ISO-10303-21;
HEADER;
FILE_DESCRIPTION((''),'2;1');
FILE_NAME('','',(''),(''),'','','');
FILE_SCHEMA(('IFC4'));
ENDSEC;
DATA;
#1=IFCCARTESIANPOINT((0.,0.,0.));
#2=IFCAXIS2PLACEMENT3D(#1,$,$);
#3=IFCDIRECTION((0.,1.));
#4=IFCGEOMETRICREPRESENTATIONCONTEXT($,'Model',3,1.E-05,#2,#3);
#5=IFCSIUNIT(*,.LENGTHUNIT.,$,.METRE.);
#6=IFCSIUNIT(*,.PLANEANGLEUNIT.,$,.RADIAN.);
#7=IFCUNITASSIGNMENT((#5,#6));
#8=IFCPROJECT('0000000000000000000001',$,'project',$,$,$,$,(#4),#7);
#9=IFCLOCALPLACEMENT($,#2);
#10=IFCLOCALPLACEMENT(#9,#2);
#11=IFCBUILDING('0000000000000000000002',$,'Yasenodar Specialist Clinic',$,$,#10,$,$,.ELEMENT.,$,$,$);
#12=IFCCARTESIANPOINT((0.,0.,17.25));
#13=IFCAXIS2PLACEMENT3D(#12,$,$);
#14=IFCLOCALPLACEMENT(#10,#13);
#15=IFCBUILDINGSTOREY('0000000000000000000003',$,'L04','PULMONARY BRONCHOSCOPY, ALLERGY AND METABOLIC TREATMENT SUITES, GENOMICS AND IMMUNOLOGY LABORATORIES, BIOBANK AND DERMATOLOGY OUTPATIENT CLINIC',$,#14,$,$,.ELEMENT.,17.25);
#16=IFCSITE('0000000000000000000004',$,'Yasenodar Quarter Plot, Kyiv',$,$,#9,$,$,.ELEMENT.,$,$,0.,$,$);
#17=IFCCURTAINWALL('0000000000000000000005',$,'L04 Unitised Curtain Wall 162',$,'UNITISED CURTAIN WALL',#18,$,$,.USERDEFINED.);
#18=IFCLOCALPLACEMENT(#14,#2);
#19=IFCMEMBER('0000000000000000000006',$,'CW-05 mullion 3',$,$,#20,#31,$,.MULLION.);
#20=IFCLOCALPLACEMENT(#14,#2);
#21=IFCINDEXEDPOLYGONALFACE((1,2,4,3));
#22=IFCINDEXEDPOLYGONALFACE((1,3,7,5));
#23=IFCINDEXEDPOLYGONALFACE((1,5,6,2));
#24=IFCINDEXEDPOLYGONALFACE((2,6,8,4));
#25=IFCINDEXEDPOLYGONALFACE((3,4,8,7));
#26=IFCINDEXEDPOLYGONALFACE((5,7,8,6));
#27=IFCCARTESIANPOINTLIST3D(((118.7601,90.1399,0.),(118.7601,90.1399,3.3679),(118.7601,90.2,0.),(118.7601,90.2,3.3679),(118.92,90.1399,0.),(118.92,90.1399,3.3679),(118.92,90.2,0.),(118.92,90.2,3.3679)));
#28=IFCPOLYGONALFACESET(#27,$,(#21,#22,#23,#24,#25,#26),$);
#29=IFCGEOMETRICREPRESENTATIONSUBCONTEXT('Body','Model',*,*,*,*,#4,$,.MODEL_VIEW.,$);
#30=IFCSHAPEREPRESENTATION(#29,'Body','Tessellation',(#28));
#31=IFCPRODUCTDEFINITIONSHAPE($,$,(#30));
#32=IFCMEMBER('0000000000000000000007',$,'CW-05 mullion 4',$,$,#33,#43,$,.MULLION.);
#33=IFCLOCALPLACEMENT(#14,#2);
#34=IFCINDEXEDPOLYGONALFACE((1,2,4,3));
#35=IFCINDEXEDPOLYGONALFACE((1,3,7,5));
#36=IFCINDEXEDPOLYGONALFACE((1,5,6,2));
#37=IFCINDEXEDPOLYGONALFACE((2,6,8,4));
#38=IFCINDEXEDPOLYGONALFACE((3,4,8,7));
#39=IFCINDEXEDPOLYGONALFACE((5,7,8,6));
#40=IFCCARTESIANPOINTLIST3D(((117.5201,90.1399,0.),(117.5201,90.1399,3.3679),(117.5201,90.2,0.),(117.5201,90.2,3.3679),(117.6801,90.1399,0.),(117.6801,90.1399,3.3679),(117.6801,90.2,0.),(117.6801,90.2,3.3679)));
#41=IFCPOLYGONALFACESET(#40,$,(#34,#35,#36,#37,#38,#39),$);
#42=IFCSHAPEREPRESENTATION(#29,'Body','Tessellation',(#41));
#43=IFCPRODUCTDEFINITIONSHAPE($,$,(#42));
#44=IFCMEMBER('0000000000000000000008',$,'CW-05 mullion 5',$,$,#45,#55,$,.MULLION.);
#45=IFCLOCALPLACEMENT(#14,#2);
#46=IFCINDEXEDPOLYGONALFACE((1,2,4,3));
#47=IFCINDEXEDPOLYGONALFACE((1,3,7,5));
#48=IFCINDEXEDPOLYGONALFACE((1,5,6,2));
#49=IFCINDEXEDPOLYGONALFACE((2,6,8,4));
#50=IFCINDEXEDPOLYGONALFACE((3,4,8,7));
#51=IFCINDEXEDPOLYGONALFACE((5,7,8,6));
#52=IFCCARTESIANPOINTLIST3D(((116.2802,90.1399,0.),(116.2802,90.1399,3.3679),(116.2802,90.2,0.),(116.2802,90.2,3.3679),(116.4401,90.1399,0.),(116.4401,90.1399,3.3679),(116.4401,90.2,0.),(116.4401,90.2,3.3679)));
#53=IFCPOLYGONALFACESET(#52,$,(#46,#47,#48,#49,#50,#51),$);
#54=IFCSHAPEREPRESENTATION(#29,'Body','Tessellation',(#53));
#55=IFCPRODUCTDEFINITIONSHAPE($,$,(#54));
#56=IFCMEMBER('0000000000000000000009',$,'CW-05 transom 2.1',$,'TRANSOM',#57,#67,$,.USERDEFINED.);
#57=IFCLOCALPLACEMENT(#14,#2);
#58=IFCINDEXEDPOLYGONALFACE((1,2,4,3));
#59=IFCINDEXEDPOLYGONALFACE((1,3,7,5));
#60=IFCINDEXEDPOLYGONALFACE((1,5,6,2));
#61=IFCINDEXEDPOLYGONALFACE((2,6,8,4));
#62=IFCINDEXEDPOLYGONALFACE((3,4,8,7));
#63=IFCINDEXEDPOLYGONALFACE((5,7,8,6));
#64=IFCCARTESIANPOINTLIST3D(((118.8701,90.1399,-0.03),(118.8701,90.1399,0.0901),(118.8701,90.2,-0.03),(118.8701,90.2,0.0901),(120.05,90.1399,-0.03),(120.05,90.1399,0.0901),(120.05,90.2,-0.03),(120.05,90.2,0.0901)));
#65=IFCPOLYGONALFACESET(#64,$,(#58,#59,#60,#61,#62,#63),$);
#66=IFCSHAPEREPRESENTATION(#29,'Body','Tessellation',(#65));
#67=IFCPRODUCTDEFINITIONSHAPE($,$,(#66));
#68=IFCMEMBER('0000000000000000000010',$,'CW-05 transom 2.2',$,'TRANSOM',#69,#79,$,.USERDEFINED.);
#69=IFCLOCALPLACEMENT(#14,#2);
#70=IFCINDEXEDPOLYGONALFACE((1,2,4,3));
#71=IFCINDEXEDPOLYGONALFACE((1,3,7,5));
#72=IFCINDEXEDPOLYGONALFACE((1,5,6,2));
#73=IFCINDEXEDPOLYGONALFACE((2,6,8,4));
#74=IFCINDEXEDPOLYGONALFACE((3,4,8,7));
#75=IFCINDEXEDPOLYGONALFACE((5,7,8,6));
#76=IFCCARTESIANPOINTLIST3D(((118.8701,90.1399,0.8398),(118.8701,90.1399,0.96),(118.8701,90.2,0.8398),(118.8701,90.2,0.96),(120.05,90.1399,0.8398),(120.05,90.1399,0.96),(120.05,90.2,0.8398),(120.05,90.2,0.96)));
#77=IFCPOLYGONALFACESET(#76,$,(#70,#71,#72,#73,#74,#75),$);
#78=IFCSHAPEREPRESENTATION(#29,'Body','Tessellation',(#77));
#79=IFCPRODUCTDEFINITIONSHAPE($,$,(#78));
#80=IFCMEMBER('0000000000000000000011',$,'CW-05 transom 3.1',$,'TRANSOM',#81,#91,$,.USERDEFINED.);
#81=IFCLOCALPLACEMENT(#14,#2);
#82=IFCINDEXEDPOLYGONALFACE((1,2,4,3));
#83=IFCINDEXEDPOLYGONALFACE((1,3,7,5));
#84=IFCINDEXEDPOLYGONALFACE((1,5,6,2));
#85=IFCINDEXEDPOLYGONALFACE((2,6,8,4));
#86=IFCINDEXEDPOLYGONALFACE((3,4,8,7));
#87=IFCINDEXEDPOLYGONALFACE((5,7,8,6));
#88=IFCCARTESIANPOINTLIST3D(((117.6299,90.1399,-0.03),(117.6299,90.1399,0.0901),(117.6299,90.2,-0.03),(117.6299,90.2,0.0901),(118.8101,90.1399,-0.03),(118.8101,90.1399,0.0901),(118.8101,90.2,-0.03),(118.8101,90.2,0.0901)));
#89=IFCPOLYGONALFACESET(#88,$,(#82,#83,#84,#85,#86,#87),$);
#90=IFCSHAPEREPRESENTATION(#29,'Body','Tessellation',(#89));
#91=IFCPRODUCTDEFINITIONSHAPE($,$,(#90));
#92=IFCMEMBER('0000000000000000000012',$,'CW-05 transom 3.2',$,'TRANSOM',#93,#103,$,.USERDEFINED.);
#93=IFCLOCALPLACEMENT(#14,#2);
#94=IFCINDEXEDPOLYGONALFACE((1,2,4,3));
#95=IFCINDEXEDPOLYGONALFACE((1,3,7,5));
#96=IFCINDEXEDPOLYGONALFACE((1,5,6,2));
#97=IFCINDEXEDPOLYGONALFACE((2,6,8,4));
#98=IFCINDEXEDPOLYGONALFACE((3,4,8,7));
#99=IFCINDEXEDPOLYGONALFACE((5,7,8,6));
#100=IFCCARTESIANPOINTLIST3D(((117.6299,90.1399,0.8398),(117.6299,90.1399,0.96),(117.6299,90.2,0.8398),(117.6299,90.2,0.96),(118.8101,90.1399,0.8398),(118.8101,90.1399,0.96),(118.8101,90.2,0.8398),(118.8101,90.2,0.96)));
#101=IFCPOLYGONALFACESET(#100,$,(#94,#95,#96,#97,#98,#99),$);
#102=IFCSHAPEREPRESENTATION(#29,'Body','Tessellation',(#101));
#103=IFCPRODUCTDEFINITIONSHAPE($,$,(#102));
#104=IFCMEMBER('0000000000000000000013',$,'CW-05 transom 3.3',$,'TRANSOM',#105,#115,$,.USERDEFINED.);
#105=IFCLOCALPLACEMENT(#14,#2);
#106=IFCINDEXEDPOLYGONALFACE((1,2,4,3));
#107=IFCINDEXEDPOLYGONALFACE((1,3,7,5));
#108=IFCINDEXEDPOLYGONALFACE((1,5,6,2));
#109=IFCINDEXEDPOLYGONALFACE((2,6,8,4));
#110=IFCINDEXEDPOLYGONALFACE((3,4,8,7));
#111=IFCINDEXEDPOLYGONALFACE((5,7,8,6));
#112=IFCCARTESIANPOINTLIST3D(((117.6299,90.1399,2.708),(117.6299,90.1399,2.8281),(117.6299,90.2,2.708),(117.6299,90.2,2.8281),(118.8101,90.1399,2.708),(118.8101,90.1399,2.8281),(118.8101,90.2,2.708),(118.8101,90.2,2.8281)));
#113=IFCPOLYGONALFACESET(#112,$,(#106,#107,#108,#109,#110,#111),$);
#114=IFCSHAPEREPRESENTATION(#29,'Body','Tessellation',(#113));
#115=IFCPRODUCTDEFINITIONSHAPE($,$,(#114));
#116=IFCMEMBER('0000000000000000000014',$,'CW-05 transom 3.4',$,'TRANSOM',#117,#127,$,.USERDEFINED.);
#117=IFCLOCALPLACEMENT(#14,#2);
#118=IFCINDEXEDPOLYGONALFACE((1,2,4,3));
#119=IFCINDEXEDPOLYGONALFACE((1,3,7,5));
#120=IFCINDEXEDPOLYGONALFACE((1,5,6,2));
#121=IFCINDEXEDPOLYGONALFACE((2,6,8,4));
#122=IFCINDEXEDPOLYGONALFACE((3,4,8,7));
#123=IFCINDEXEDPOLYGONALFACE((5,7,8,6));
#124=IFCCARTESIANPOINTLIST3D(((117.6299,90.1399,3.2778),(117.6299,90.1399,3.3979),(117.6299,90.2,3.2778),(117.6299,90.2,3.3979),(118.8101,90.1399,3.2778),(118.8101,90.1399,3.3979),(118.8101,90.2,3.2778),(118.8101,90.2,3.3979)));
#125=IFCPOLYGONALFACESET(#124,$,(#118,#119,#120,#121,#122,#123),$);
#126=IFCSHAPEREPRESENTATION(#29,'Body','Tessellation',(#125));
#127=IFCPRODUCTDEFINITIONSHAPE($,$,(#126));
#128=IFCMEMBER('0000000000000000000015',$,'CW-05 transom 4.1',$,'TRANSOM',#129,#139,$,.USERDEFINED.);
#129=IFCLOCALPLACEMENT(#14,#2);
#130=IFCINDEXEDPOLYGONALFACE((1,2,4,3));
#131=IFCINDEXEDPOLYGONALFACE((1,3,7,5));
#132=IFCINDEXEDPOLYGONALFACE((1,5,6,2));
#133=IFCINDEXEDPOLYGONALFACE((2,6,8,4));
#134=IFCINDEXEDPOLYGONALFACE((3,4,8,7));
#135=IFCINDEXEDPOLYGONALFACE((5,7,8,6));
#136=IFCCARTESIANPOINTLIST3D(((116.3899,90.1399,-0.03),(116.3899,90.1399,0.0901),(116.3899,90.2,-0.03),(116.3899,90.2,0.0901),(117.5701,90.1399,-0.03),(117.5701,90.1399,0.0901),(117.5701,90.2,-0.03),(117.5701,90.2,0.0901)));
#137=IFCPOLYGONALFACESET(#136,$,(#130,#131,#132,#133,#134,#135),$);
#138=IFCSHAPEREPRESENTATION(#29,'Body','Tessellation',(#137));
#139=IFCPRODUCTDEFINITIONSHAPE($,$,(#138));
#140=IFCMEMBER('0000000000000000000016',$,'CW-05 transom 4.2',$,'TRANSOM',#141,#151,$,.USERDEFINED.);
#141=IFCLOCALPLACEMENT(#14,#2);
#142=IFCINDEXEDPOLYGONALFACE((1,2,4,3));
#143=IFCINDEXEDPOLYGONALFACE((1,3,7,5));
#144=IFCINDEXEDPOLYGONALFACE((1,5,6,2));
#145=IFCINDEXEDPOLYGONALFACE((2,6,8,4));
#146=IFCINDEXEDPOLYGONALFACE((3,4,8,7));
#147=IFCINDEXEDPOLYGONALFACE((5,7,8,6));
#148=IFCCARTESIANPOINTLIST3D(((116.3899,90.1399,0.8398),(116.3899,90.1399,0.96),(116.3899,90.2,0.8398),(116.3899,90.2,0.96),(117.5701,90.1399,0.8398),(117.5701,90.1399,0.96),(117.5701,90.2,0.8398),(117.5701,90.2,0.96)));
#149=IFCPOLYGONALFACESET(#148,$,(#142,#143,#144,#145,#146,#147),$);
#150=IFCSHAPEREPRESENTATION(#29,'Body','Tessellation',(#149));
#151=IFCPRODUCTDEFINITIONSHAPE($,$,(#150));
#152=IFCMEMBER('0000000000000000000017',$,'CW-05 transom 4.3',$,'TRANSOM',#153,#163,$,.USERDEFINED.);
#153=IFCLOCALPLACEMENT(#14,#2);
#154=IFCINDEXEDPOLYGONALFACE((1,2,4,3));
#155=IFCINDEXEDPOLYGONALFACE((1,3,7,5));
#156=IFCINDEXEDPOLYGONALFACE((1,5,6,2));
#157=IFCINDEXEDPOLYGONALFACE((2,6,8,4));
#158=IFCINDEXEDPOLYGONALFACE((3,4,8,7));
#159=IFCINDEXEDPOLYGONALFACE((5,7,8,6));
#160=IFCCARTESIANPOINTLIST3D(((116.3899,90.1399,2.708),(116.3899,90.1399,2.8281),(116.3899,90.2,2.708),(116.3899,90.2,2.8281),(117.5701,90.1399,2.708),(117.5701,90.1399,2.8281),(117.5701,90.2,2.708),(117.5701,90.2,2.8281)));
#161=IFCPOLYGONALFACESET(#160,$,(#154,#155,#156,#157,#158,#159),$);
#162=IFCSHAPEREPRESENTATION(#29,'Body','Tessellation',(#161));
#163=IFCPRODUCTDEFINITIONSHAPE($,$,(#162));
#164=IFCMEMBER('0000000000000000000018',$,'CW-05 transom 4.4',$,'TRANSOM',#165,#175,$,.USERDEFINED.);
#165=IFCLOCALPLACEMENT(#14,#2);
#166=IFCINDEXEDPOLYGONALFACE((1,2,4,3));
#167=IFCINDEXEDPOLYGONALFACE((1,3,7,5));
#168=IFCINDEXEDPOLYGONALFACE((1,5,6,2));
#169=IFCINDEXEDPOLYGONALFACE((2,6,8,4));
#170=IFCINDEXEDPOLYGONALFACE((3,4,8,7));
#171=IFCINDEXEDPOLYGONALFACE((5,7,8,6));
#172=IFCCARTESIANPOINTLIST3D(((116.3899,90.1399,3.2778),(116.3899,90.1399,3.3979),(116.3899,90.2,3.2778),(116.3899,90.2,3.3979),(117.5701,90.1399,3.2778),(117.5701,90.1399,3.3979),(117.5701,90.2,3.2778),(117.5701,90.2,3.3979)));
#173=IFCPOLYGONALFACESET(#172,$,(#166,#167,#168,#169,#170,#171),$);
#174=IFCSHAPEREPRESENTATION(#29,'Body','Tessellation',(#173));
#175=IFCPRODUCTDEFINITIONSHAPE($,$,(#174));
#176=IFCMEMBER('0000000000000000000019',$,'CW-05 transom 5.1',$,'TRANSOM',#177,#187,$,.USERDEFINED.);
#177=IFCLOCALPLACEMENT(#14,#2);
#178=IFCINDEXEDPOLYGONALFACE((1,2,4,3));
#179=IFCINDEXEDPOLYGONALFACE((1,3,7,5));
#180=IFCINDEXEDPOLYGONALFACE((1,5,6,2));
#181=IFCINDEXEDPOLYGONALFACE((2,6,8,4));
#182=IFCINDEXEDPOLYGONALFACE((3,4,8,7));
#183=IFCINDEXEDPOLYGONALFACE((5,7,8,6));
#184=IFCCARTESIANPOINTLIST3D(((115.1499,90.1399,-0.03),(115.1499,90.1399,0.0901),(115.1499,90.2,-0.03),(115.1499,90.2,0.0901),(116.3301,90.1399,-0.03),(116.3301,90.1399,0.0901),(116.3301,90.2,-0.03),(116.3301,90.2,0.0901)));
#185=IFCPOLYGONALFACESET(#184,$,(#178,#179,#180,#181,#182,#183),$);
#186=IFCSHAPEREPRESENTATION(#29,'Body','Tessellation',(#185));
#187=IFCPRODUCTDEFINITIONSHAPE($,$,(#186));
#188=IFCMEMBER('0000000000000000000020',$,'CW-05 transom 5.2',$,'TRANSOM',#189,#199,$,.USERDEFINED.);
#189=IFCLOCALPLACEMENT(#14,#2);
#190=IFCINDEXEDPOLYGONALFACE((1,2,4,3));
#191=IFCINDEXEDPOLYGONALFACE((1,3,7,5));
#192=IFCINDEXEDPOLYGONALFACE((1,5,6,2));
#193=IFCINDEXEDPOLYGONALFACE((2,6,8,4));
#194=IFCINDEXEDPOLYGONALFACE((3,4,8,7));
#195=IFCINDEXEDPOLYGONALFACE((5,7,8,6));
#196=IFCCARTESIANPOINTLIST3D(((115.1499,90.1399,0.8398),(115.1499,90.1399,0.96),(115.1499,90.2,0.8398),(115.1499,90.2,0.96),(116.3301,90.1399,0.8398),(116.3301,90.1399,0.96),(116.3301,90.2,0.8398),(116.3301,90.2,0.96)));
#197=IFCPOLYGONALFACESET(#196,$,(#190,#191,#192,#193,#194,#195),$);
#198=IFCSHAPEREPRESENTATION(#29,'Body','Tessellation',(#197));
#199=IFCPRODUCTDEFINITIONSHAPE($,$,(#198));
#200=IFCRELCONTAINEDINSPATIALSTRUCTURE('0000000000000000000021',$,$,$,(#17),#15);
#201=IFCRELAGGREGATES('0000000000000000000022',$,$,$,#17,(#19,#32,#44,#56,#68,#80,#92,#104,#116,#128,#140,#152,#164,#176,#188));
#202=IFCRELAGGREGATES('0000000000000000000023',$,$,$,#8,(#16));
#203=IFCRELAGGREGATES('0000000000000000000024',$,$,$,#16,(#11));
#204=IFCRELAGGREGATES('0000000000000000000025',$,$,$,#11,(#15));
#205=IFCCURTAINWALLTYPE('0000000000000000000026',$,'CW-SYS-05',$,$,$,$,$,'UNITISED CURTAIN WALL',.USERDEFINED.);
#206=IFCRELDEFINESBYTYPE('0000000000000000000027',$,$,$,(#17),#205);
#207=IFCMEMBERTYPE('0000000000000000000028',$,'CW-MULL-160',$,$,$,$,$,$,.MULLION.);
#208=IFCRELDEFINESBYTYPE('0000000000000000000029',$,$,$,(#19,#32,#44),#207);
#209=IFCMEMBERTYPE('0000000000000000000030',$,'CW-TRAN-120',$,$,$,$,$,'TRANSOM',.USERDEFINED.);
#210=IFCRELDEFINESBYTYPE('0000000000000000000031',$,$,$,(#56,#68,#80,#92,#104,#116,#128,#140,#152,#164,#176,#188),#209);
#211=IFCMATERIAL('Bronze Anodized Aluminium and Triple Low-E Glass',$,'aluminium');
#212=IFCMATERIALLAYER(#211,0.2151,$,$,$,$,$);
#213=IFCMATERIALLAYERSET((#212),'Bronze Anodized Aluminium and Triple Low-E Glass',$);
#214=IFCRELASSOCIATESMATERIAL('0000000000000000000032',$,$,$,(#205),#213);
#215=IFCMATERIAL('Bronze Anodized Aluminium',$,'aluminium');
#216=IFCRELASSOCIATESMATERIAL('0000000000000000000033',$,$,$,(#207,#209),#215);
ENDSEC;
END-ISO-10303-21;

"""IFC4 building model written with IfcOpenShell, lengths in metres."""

from ifc_helpers import new_model, si_unit, direction, frame, origin, origin_2d, place, context, subcontext, project, spatial, rectangle, extrude, material, layer, layer_set, material_profile, profile_set, type_object, element, aggregate, save


model = new_model("IFC4")

# Units and contexts
model_context = context("Model", 3, precision=1e-05, world=origin(), true_north=direction((0.0, 1.0)))
body_context = subcontext(model_context, "Body", "Model", "MODEL_VIEW")
ifc_project = project(units=[si_unit("LENGTHUNIT", "METRE"), si_unit("PLANEANGLEUNIT", "RADIAN")], contexts=[model_context])

# Site, building, storey
site_placement = place(None, origin())
site = spatial("IfcSite", under=ifc_project, at=site_placement, Name="Yasenodar Quarter Plot, Kyiv", CompositionType="ELEMENT", RefElevation=0.0)
building_placement = place(site_placement, origin())
building = spatial("IfcBuilding", under=site, at=building_placement, Name="Yasenodar Specialist Clinic", CompositionType="ELEMENT")
storey_placement = place(building_placement, frame((0.0, 0.0, 17.25)))
storey = spatial("IfcBuildingStorey", under=building, at=storey_placement, Name="L04", Description="PULMONARY BRONCHOSCOPY, ALLERGY AND METABOLIC TREATMENT SUITES, GENOMICS AND IMMUNOLOGY LABORATORIES, BIOBANK AND DERMATOLOGY OUTPATIENT CLINIC", CompositionType="ELEMENT", Elevation=17.25)

# Curtain wall, members
ifc_material_1 = material(Name="Bronze Anodized Aluminium and Triple Low-E Glass", Category="aluminium")
ifc_layer_1 = layer(ifc_material_1, 0.2151)
ifc_layer_set_1 = layer_set([ifc_layer_1], Name="Bronze Anodized Aluminium and Triple Low-E Glass")
curtain_wall_type = type_object("IfcCurtainWallType", Name="CW-SYS-05", ElementType="UNITISED CURTAIN WALL", PredefinedType="USERDEFINED", material=ifc_layer_set_1)
curtain_wall_placement = place(storey_placement, origin())
curtain_wall = element("IfcCurtainWall", 1, at=curtain_wall_placement, inside=storey, type_object=curtain_wall_type, Name="L04 Unitised Curtain Wall 162", ObjectType="UNITISED CURTAIN WALL", PredefinedType="USERDEFINED")
ifc_material_2 = material(Name="Bronze Anodized Aluminium", Category="aluminium")
ifc_material_profile_1 = material_profile(ifc_material_2, rectangle(XDim=0.0601, YDim=0.1599, at=origin_2d()), Name="CW-MULL 60x160")
ifc_profile_set_1 = profile_set([ifc_material_profile_1], Name="Bronze Anodized Aluminium")
member_type_1 = type_object("IfcMemberType", Name="CW-MULL-160", PredefinedType="MULLION", material=ifc_profile_set_1)
member_1_placement = place(storey_placement, frame((118.8401, 90.1699, 0.0), z_axis=(0.0, 0.0, 1.0), x_axis=(0.0, -1.0, 0.0)))
member_1 = element("IfcMember", 2, at=member_1_placement, type_object=member_type_1, Name="CW-05 mullion 3", PredefinedType="MULLION", context=body_context, shape_type="SweptSolid", body=[
    extrude(rectangle(XDim=0.0601, YDim=0.1599, at=origin_2d()), origin(), (0.0, 0.0, 1.0), 3.3679),
])
member_2_placement = place(storey_placement, frame((117.6001, 90.1699, 0.0), z_axis=(0.0, 0.0, 1.0), x_axis=(0.0, -1.0, 0.0)))
member_2 = element("IfcMember", 3, at=member_2_placement, type_object=member_type_1, Name="CW-05 mullion 4", PredefinedType="MULLION", context=body_context, shape_type="SweptSolid", body=[
    extrude(rectangle(XDim=0.0601, YDim=0.1599, at=origin_2d()), origin(), (0.0, 0.0, 1.0), 3.3679),
])
member_3_placement = place(storey_placement, frame((116.3601, 90.1699, 0.0), z_axis=(0.0, 0.0, 1.0), x_axis=(0.0, -1.0, 0.0)))
member_3 = element("IfcMember", 4, at=member_3_placement, type_object=member_type_1, Name="CW-05 mullion 5", PredefinedType="MULLION", context=body_context, shape_type="SweptSolid", body=[
    extrude(rectangle(XDim=0.0601, YDim=0.1599, at=origin_2d()), origin(), (0.0, 0.0, 1.0), 3.3679),
])
ifc_material_profile_2 = material_profile(ifc_material_2, rectangle(XDim=0.0601, YDim=0.1201, at=origin_2d()), Name="CW-TRAN 60x120")
ifc_profile_set_2 = profile_set([ifc_material_profile_2], Name="Bronze Anodized Aluminium")
member_type_2 = type_object("IfcMemberType", Name="CW-TRAN-120", ElementType="TRANSOM", PredefinedType="USERDEFINED", material=ifc_profile_set_2)
member_4_placement = place(storey_placement, frame((120.05, 90.1699, 0.03), z_axis=(-1.0, 0.0, 0.0), x_axis=(0.0, -1.0, 0.0)))
member_4 = element("IfcMember", 5, at=member_4_placement, type_object=member_type_2, Name="CW-05 transom 2.1", ObjectType="TRANSOM", PredefinedType="USERDEFINED", context=body_context, shape_type="SweptSolid", body=[
    extrude(rectangle(XDim=0.0601, YDim=0.1201, at=origin_2d()), origin(), (0.0, 0.0, 1.0), 1.1799),
])
member_5_placement = place(storey_placement, frame((120.05, 90.1699, 0.8999), z_axis=(-1.0, 0.0, 0.0), x_axis=(0.0, -1.0, 0.0)))
member_5 = element("IfcMember", 6, at=member_5_placement, type_object=member_type_2, Name="CW-05 transom 2.2", ObjectType="TRANSOM", PredefinedType="USERDEFINED", context=body_context, shape_type="SweptSolid", body=[
    extrude(rectangle(XDim=0.0601, YDim=0.1201, at=origin_2d()), origin(), (0.0, 0.0, 1.0), 1.1799),
])
member_6_placement = place(storey_placement, frame((118.8101, 90.1699, 0.03), z_axis=(-1.0, 0.0, 0.0), x_axis=(0.0, -1.0, 0.0)))
member_6 = element("IfcMember", 7, at=member_6_placement, type_object=member_type_2, Name="CW-05 transom 3.1", ObjectType="TRANSOM", PredefinedType="USERDEFINED", context=body_context, shape_type="SweptSolid", body=[
    extrude(rectangle(XDim=0.0601, YDim=0.1201, at=origin_2d()), origin(), (0.0, 0.0, 1.0), 1.1802),
])
member_7_placement = place(storey_placement, frame((118.8101, 90.1699, 0.8999), z_axis=(-1.0, 0.0, 0.0), x_axis=(0.0, -1.0, 0.0)))
member_7 = element("IfcMember", 8, at=member_7_placement, type_object=member_type_2, Name="CW-05 transom 3.2", ObjectType="TRANSOM", PredefinedType="USERDEFINED", context=body_context, shape_type="SweptSolid", body=[
    extrude(rectangle(XDim=0.0601, YDim=0.1201, at=origin_2d()), origin(), (0.0, 0.0, 1.0), 1.1802),
])
member_8_placement = place(storey_placement, frame((118.8101, 90.1699, 2.7681), z_axis=(-1.0, 0.0, 0.0), x_axis=(0.0, -1.0, 0.0)))
member_8 = element("IfcMember", 9, at=member_8_placement, type_object=member_type_2, Name="CW-05 transom 3.3", ObjectType="TRANSOM", PredefinedType="USERDEFINED", context=body_context, shape_type="SweptSolid", body=[
    extrude(rectangle(XDim=0.0601, YDim=0.1201, at=origin_2d()), origin(), (0.0, 0.0, 1.0), 1.1802),
])
member_9_placement = place(storey_placement, frame((118.8101, 90.1699, 3.3379), z_axis=(-1.0, 0.0, 0.0), x_axis=(0.0, -1.0, 0.0)))
member_9 = element("IfcMember", 10, at=member_9_placement, type_object=member_type_2, Name="CW-05 transom 3.4", ObjectType="TRANSOM", PredefinedType="USERDEFINED", context=body_context, shape_type="SweptSolid", body=[
    extrude(rectangle(XDim=0.0601, YDim=0.1201, at=origin_2d()), origin(), (0.0, 0.0, 1.0), 1.1802),
])
member_10_placement = place(storey_placement, frame((117.5701, 90.1699, 0.03), z_axis=(-1.0, 0.0, 0.0), x_axis=(0.0, -1.0, 0.0)))
member_10 = element("IfcMember", 11, at=member_10_placement, type_object=member_type_2, Name="CW-05 transom 4.1", ObjectType="TRANSOM", PredefinedType="USERDEFINED", context=body_context, shape_type="SweptSolid", body=[
    extrude(rectangle(XDim=0.0601, YDim=0.1201, at=origin_2d()), origin(), (0.0, 0.0, 1.0), 1.1802),
])
member_11_placement = place(storey_placement, frame((117.5701, 90.1699, 0.8999), z_axis=(-1.0, 0.0, 0.0), x_axis=(0.0, -1.0, 0.0)))
member_11 = element("IfcMember", 12, at=member_11_placement, type_object=member_type_2, Name="CW-05 transom 4.2", ObjectType="TRANSOM", PredefinedType="USERDEFINED", context=body_context, shape_type="SweptSolid", body=[
    extrude(rectangle(XDim=0.0601, YDim=0.1201, at=origin_2d()), origin(), (0.0, 0.0, 1.0), 1.1802),
])
member_12_placement = place(storey_placement, frame((117.5701, 90.1699, 2.7681), z_axis=(-1.0, 0.0, 0.0), x_axis=(0.0, -1.0, 0.0)))
member_12 = element("IfcMember", 13, at=member_12_placement, type_object=member_type_2, Name="CW-05 transom 4.3", ObjectType="TRANSOM", PredefinedType="USERDEFINED", context=body_context, shape_type="SweptSolid", body=[
    extrude(rectangle(XDim=0.0601, YDim=0.1201, at=origin_2d()), origin(), (0.0, 0.0, 1.0), 1.1802),
])
member_13_placement = place(storey_placement, frame((117.5701, 90.1699, 3.3379), z_axis=(-1.0, 0.0, 0.0), x_axis=(0.0, -1.0, 0.0)))
member_13 = element("IfcMember", 14, at=member_13_placement, type_object=member_type_2, Name="CW-05 transom 4.4", ObjectType="TRANSOM", PredefinedType="USERDEFINED", context=body_context, shape_type="SweptSolid", body=[
    extrude(rectangle(XDim=0.0601, YDim=0.1201, at=origin_2d()), origin(), (0.0, 0.0, 1.0), 1.1802),
])
member_14_placement = place(storey_placement, frame((116.3301, 90.1699, 0.03), z_axis=(-1.0, 0.0, 0.0), x_axis=(0.0, -1.0, 0.0)))
member_14 = element("IfcMember", 15, at=member_14_placement, type_object=member_type_2, Name="CW-05 transom 5.1", ObjectType="TRANSOM", PredefinedType="USERDEFINED", context=body_context, shape_type="SweptSolid", body=[
    extrude(rectangle(XDim=0.0601, YDim=0.1201, at=origin_2d()), origin(), (0.0, 0.0, 1.0), 1.1802),
])
member_15_placement = place(storey_placement, frame((116.3301, 90.1699, 0.8999), z_axis=(-1.0, 0.0, 0.0), x_axis=(0.0, -1.0, 0.0)))
member_15 = element("IfcMember", 16, at=member_15_placement, type_object=member_type_2, Name="CW-05 transom 5.2", ObjectType="TRANSOM", PredefinedType="USERDEFINED", context=body_context, shape_type="SweptSolid", body=[
    extrude(rectangle(XDim=0.0601, YDim=0.1201, at=origin_2d()), origin(), (0.0, 0.0, 1.0), 1.1802),
])
aggregate(curtain_wall, [member_1, member_2, member_3, member_4, member_5, member_6, member_7, member_8, member_9, member_10, member_11, member_12, member_13, member_14, member_15])

save(model, "model.ifc")
